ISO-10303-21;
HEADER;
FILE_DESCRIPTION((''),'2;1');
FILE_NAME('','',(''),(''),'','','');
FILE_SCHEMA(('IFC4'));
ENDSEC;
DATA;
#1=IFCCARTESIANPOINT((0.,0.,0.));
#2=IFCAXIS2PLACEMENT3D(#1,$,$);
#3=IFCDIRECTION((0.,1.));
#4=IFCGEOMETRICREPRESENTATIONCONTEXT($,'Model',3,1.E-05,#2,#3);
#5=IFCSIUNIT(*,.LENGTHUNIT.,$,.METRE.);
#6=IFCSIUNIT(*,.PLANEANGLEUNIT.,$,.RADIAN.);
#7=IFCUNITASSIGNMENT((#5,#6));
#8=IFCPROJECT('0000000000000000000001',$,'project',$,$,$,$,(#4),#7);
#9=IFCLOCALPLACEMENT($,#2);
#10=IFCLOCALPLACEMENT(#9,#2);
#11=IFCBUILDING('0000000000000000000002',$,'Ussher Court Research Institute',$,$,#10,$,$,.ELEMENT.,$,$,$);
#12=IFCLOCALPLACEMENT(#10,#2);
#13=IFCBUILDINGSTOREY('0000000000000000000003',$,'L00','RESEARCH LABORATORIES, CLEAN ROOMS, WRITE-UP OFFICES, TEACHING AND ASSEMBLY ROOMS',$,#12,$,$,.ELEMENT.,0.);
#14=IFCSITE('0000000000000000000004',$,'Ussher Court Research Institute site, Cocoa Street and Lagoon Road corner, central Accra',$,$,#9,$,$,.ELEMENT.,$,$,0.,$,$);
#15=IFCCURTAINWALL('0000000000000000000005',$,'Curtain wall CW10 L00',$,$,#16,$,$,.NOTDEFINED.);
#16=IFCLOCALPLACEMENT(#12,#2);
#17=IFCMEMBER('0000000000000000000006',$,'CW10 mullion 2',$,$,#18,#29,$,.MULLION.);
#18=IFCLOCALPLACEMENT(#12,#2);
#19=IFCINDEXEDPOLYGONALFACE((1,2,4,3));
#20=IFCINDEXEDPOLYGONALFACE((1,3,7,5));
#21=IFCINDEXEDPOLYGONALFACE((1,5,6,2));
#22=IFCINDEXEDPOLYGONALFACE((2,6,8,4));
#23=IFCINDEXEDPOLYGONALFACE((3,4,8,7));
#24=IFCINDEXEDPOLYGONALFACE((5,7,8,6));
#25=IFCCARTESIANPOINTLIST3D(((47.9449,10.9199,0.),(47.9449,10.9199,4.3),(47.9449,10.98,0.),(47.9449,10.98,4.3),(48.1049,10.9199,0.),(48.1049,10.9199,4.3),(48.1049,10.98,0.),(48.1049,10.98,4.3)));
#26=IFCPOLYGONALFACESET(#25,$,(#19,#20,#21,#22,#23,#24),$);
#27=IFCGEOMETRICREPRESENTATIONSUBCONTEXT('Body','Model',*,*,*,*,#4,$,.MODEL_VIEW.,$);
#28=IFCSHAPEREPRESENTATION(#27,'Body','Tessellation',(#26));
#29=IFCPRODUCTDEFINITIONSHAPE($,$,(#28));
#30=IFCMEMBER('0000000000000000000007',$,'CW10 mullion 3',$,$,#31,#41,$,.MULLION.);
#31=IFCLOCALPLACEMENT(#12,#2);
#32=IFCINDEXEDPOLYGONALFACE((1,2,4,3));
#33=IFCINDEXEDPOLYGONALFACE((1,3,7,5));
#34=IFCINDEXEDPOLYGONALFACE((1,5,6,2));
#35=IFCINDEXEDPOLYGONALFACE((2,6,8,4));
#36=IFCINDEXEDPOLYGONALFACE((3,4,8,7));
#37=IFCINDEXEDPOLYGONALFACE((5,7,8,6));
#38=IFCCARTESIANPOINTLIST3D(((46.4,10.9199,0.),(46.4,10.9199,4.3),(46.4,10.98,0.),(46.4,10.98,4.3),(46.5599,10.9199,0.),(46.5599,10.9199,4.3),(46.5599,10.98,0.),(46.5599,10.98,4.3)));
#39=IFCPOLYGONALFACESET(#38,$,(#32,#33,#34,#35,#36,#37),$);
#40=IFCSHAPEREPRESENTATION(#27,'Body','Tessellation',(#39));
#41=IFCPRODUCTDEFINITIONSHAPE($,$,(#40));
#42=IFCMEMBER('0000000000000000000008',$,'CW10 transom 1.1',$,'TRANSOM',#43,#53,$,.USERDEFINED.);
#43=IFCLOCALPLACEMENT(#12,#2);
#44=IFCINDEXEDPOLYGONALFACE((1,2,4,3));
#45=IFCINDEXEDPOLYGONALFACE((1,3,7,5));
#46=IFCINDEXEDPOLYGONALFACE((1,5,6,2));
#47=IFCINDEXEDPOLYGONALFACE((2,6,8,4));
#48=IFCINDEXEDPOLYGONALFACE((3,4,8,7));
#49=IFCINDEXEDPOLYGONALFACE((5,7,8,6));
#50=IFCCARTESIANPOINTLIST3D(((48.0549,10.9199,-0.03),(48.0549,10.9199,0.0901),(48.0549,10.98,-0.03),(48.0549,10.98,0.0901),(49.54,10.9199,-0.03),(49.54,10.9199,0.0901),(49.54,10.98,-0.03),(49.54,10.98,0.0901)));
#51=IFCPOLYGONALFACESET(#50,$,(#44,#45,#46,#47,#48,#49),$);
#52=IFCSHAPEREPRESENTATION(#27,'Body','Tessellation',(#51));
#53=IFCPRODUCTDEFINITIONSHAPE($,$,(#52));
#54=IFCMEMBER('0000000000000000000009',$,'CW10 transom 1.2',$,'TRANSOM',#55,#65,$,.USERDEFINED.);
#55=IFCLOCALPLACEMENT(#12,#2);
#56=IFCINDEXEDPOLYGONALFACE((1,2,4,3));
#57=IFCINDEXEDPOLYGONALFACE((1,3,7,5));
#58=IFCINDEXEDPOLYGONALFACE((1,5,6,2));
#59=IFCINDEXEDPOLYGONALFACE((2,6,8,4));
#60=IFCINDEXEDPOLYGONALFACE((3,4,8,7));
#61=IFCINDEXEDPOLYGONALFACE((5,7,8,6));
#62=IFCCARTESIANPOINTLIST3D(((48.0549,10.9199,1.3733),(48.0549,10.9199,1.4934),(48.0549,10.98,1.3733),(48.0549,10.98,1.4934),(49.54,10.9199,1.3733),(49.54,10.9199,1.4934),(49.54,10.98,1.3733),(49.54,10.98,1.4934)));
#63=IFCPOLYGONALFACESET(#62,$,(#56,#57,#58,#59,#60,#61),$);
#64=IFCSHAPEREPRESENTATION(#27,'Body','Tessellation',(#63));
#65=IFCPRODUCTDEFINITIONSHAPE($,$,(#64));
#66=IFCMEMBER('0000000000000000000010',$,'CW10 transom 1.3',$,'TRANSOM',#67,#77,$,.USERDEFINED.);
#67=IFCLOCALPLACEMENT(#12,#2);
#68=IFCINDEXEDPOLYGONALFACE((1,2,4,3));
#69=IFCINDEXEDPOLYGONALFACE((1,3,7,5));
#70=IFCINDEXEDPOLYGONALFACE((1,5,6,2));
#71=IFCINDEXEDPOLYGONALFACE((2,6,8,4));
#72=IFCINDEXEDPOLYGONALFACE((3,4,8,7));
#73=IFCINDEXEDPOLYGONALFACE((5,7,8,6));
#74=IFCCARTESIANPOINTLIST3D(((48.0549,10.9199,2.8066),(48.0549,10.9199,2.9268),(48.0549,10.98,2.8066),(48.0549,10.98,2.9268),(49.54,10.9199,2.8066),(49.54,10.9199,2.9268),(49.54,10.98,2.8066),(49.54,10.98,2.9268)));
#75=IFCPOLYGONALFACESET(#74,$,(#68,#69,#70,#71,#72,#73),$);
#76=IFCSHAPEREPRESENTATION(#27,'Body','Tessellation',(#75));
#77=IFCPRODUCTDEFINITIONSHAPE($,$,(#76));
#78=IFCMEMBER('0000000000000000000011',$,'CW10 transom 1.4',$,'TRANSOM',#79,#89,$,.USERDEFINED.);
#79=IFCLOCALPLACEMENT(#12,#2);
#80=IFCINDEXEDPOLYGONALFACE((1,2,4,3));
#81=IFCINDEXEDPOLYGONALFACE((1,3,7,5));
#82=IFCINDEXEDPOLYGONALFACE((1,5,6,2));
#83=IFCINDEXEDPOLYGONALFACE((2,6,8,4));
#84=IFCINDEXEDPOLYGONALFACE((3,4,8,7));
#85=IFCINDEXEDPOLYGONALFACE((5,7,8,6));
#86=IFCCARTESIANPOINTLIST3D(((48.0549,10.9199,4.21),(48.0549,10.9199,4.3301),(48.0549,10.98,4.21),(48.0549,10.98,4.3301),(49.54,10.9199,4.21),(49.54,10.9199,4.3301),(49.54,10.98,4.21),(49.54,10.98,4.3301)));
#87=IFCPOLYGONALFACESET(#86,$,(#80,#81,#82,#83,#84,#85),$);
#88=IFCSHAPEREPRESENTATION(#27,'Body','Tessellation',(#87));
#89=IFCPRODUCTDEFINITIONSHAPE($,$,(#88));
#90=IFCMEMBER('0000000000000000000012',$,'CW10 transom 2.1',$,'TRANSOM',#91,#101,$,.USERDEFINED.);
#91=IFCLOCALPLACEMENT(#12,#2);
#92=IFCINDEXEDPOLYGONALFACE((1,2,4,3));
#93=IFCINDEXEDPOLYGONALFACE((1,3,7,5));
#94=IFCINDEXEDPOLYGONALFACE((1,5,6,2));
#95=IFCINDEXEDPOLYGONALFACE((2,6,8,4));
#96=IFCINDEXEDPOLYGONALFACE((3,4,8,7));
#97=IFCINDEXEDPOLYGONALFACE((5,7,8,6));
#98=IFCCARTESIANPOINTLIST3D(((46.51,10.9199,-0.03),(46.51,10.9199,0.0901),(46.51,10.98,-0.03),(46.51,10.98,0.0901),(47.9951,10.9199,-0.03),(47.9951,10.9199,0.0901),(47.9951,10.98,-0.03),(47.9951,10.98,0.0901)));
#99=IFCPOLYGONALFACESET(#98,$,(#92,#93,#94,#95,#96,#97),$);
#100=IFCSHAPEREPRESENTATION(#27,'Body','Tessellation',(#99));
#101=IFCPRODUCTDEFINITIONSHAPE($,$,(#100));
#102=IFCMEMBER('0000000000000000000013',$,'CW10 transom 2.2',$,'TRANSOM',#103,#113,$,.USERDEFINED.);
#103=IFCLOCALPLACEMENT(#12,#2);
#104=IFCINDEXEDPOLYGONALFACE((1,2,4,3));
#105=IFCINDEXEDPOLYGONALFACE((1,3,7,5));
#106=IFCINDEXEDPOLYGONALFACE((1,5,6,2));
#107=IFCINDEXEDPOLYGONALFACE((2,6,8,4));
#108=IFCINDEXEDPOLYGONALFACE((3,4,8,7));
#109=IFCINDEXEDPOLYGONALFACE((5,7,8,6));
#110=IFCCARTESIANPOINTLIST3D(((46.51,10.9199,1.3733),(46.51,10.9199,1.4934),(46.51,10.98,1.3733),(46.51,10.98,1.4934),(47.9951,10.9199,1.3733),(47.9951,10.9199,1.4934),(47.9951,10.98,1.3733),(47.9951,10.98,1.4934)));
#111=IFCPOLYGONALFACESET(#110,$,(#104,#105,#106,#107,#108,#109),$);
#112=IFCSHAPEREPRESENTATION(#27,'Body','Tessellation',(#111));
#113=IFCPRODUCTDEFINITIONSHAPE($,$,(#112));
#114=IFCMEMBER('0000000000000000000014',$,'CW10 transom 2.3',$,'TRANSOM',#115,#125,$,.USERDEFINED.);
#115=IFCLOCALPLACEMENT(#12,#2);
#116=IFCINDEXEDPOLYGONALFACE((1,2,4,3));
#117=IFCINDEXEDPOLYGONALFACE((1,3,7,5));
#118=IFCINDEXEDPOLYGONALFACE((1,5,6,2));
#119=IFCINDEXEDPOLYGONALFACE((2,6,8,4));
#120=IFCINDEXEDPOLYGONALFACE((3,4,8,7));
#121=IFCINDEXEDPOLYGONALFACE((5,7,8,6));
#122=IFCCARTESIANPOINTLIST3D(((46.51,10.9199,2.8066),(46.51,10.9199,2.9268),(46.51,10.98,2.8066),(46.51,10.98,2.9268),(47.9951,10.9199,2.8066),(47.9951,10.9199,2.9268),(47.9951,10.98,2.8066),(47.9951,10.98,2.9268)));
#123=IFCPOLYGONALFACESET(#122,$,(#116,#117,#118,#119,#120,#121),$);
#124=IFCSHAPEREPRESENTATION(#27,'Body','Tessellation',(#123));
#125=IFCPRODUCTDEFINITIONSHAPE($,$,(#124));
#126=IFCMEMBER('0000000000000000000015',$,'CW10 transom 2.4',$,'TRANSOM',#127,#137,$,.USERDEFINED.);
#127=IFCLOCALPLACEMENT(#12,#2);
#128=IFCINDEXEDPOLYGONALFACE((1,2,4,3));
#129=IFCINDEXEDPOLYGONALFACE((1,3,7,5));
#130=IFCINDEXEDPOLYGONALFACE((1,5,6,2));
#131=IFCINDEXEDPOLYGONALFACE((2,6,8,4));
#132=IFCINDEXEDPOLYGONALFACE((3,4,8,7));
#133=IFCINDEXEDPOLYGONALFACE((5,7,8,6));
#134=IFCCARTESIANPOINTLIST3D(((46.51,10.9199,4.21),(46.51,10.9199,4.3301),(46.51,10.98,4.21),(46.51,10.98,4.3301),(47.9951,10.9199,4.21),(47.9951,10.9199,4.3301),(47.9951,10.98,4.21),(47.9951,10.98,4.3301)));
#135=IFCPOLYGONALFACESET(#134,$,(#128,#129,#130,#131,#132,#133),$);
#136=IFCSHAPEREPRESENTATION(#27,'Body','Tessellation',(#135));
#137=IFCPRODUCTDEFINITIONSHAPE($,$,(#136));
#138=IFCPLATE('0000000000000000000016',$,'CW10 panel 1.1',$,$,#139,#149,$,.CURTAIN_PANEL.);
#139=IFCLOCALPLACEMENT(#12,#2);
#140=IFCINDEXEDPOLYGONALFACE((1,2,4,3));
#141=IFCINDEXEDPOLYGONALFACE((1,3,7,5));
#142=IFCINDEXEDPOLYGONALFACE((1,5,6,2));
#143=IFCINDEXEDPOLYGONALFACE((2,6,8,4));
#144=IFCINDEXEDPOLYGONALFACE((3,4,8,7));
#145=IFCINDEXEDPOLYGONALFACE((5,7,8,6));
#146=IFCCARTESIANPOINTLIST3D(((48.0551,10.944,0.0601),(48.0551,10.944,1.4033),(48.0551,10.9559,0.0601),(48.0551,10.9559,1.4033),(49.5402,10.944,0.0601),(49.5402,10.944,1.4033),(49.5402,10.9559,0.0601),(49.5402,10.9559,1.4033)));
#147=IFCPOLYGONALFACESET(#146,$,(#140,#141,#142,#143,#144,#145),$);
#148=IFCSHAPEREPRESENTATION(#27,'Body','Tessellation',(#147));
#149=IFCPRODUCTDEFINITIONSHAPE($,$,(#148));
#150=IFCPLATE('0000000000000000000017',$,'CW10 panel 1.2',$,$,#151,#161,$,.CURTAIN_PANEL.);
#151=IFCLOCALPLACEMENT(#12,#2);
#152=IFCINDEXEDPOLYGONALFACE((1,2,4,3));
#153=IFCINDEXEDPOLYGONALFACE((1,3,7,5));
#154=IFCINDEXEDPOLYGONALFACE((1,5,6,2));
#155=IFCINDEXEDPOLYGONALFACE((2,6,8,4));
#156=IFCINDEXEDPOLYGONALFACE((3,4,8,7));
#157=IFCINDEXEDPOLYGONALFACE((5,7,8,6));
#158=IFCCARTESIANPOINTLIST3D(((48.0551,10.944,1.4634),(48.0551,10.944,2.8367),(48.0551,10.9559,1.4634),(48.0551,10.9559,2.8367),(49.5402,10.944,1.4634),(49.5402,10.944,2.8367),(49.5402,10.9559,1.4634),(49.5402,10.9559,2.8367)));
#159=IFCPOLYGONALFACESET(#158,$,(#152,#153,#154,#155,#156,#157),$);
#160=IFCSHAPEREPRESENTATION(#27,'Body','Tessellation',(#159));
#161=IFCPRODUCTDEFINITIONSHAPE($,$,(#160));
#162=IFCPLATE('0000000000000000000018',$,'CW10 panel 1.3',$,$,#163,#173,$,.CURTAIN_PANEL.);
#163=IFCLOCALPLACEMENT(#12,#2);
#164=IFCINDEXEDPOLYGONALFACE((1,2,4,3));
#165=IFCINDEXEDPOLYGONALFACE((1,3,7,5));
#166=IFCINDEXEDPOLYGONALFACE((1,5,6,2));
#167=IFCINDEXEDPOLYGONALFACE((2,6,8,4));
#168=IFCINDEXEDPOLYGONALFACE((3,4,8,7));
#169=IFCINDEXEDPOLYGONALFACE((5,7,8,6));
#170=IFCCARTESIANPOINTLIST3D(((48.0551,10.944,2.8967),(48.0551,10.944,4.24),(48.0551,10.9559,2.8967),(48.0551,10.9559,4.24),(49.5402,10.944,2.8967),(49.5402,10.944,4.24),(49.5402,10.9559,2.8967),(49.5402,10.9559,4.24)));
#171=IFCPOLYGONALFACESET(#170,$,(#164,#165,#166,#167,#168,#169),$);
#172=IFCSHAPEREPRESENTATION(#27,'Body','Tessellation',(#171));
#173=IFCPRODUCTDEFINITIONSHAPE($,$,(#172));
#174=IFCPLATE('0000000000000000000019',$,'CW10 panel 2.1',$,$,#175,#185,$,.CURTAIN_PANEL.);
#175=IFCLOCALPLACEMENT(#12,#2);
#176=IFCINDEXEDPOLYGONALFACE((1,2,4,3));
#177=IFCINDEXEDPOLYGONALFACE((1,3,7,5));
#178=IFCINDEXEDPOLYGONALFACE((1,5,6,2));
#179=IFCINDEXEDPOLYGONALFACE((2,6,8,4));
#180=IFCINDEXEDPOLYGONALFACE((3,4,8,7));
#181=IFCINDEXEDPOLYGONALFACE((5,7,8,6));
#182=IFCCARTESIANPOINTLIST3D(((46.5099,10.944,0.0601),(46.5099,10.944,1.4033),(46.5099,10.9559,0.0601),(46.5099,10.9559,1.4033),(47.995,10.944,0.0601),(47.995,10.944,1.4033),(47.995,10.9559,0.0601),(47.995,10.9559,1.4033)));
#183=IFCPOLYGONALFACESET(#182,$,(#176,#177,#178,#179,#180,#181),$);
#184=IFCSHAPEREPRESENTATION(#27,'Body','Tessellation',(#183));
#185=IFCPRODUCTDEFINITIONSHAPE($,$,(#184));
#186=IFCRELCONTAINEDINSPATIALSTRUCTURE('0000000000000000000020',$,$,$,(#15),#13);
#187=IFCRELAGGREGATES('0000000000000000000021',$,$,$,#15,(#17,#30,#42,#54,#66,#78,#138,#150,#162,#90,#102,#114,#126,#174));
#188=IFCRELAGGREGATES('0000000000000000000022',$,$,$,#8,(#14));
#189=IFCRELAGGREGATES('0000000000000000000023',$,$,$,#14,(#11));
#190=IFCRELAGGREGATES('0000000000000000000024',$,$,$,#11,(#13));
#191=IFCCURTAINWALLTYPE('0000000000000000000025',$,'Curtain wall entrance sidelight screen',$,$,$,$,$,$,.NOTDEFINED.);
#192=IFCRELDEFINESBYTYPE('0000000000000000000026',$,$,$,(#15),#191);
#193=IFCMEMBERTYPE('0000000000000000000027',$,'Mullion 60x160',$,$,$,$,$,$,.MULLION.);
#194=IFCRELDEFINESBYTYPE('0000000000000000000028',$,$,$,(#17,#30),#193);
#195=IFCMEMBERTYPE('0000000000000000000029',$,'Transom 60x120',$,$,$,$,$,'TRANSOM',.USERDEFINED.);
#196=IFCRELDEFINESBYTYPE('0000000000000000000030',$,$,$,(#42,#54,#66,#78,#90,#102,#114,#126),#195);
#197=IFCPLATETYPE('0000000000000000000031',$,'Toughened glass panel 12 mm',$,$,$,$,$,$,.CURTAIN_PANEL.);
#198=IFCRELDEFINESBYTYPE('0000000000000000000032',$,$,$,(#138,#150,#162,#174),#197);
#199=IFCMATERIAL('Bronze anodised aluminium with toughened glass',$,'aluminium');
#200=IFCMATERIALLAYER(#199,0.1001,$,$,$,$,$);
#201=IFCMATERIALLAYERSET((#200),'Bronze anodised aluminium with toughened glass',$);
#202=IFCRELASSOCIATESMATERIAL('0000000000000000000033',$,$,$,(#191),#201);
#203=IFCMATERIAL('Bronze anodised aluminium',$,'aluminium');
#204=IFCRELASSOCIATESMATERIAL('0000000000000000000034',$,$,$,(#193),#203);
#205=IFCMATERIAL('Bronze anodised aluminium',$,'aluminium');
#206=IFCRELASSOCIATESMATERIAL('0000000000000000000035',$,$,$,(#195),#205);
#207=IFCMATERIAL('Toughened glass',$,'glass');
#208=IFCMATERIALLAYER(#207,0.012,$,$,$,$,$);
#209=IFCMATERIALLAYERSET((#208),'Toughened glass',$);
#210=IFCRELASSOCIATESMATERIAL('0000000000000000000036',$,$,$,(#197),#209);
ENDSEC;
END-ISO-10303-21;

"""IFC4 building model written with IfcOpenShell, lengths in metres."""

from ifc_helpers import new_model, si_unit, direction, frame, origin, origin_2d, place, context, subcontext, project, spatial, rectangle, extrude, material, layer, layer_set, material_profile, profile_set, type_object, element, aggregate, save


model = new_model("IFC4")

# Units and contexts
model_context = context("Model", 3, precision=1e-05, world=origin(), true_north=direction((0.0, 1.0)))
body_context = subcontext(model_context, "Body", "Model", "MODEL_VIEW")
ifc_project = project(units=[si_unit("LENGTHUNIT", "METRE"), si_unit("PLANEANGLEUNIT", "RADIAN")], contexts=[model_context])

# Site, building, storey
site_placement = place(None, origin())
site = spatial("IfcSite", under=ifc_project, at=site_placement, Name="Ussher Court Research Institute site, Cocoa Street and Lagoon Road corner, central Accra", CompositionType="ELEMENT", RefElevation=0.0)
building_placement = place(site_placement, origin())
building = spatial("IfcBuilding", under=site, at=building_placement, Name="Ussher Court Research Institute", CompositionType="ELEMENT")
storey_placement = place(building_placement, origin())
storey = spatial("IfcBuildingStorey", under=building, at=storey_placement, Name="L00", Description="RESEARCH LABORATORIES, CLEAN ROOMS, WRITE-UP OFFICES, TEACHING AND ASSEMBLY ROOMS", CompositionType="ELEMENT", Elevation=0.0)

# Curtain wall, members, plates
ifc_material_1 = material(Name="Bronze anodised aluminium with toughened glass", Category="aluminium")
ifc_layer_1 = layer(ifc_material_1, 0.1001)
ifc_layer_set_1 = layer_set([ifc_layer_1], Name="Bronze anodised aluminium with toughened glass")
curtain_wall_type = type_object("IfcCurtainWallType", Name="Curtain wall entrance sidelight screen", PredefinedType="NOTDEFINED", material=ifc_layer_set_1)
curtain_wall_placement = place(storey_placement, origin())
curtain_wall = element("IfcCurtainWall", 1, at=curtain_wall_placement, inside=storey, type_object=curtain_wall_type, Name="Curtain wall CW10 L00", PredefinedType="NOTDEFINED")
ifc_material_2 = material(Name="Bronze anodised aluminium", Category="aluminium")
ifc_material_profile_1 = material_profile(ifc_material_2, rectangle(XDim=0.0601, YDim=0.1599, at=origin_2d()), Name="Mullion 60x160")
ifc_profile_set_1 = profile_set([ifc_material_profile_1], Name="Bronze anodised aluminium")
member_type_1 = type_object("IfcMemberType", Name="Mullion 60x160", PredefinedType="MULLION", material=ifc_profile_set_1)
member_1_placement = place(storey_placement, frame((48.0249, 10.95, 0.0), z_axis=(0.0, 0.0, 1.0), x_axis=(0.0, -1.0, 0.0)))
member_1 = element("IfcMember", 2, at=member_1_placement, type_object=member_type_1, Name="CW10 mullion 2", PredefinedType="MULLION", context=body_context, shape_type="SweptSolid", body=[
    extrude(rectangle(XDim=0.0601, YDim=0.1599, at=origin_2d()), origin(), (0.0, 0.0, 1.0), 4.3),
])
member_2_placement = place(storey_placement, frame((46.48, 10.95, 0.0), z_axis=(0.0, 0.0, 1.0), x_axis=(0.0, -1.0, 0.0)))
member_2 = element("IfcMember", 3, at=member_2_placement, type_object=member_type_1, Name="CW10 mullion 3", PredefinedType="MULLION", context=body_context, shape_type="SweptSolid", body=[
    extrude(rectangle(XDim=0.0601, YDim=0.1599, at=origin_2d()), origin(), (0.0, 0.0, 1.0), 4.3),
])
ifc_material_3 = material(Name="Bronze anodised aluminium", Category="aluminium")
ifc_material_profile_2 = material_profile(ifc_material_3, rectangle(XDim=0.0601, YDim=0.1201, at=origin_2d()), Name="Transom 60x120")
ifc_profile_set_2 = profile_set([ifc_material_profile_2], Name="Bronze anodised aluminium")
member_type_2 = type_object("IfcMemberType", Name="Transom 60x120", ElementType="TRANSOM", PredefinedType="USERDEFINED", material=ifc_profile_set_2)
member_3_placement = place(storey_placement, frame((49.54, 10.95, 0.03), z_axis=(-1.0, 0.0, 0.0), x_axis=(0.0, -1.0, 0.0)))
member_3 = element("IfcMember", 4, at=member_3_placement, type_object=member_type_2, Name="CW10 transom 1.1", ObjectType="TRANSOM", PredefinedType="USERDEFINED", context=body_context, shape_type="SweptSolid", body=[
    extrude(rectangle(XDim=0.0601, YDim=0.1201, at=origin_2d()), origin(), (0.0, 0.0, 1.0), 1.4851),
])
member_4_placement = place(storey_placement, frame((49.54, 10.95, 1.4333), z_axis=(-1.0, 0.0, 0.0), x_axis=(0.0, -1.0, 0.0)))
member_4 = element("IfcMember", 5, at=member_4_placement, type_object=member_type_2, Name="CW10 transom 1.2", ObjectType="TRANSOM", PredefinedType="USERDEFINED", context=body_context, shape_type="SweptSolid", body=[
    extrude(rectangle(XDim=0.0601, YDim=0.1201, at=origin_2d()), origin(), (0.0, 0.0, 1.0), 1.4851),
])
member_5_placement = place(storey_placement, frame((49.54, 10.95, 2.8667), z_axis=(-1.0, 0.0, 0.0), x_axis=(0.0, -1.0, 0.0)))
member_5 = element("IfcMember", 6, at=member_5_placement, type_object=member_type_2, Name="CW10 transom 1.3", ObjectType="TRANSOM", PredefinedType="USERDEFINED", context=body_context, shape_type="SweptSolid", body=[
    extrude(rectangle(XDim=0.0601, YDim=0.1201, at=origin_2d()), origin(), (0.0, 0.0, 1.0), 1.4851),
])
member_6_placement = place(storey_placement, frame((49.54, 10.95, 4.27), z_axis=(-1.0, 0.0, 0.0), x_axis=(0.0, -1.0, 0.0)))
member_6 = element("IfcMember", 7, at=member_6_placement, type_object=member_type_2, Name="CW10 transom 1.4", ObjectType="TRANSOM", PredefinedType="USERDEFINED", context=body_context, shape_type="SweptSolid", body=[
    extrude(rectangle(XDim=0.0601, YDim=0.1201, at=origin_2d()), origin(), (0.0, 0.0, 1.0), 1.4851),
])
member_7_placement = place(storey_placement, frame((47.9951, 10.95, 0.03), z_axis=(-1.0, 0.0, 0.0), x_axis=(0.0, -1.0, 0.0)))
member_7 = element("IfcMember", 8, at=member_7_placement, type_object=member_type_2, Name="CW10 transom 2.1", ObjectType="TRANSOM", PredefinedType="USERDEFINED", context=body_context, shape_type="SweptSolid", body=[
    extrude(rectangle(XDim=0.0601, YDim=0.1201, at=origin_2d()), origin(), (0.0, 0.0, 1.0), 1.4851),
])
member_8_placement = place(storey_placement, frame((47.9951, 10.95, 1.4333), z_axis=(-1.0, 0.0, 0.0), x_axis=(0.0, -1.0, 0.0)))
member_8 = element("IfcMember", 9, at=member_8_placement, type_object=member_type_2, Name="CW10 transom 2.2", ObjectType="TRANSOM", PredefinedType="USERDEFINED", context=body_context, shape_type="SweptSolid", body=[
    extrude(rectangle(XDim=0.0601, YDim=0.1201, at=origin_2d()), origin(), (0.0, 0.0, 1.0), 1.4851),
])
member_9_placement = place(storey_placement, frame((47.9951, 10.95, 2.8667), z_axis=(-1.0, 0.0, 0.0), x_axis=(0.0, -1.0, 0.0)))
member_9 = element("IfcMember", 10, at=member_9_placement, type_object=member_type_2, Name="CW10 transom 2.3", ObjectType="TRANSOM", PredefinedType="USERDEFINED", context=body_context, shape_type="SweptSolid", body=[
    extrude(rectangle(XDim=0.0601, YDim=0.1201, at=origin_2d()), origin(), (0.0, 0.0, 1.0), 1.4851),
])
member_10_placement = place(storey_placement, frame((47.9951, 10.95, 4.27), z_axis=(-1.0, 0.0, 0.0), x_axis=(0.0, -1.0, 0.0)))
member_10 = element("IfcMember", 11, at=member_10_placement, type_object=member_type_2, Name="CW10 transom 2.4", ObjectType="TRANSOM", PredefinedType="USERDEFINED", context=body_context, shape_type="SweptSolid", body=[
    extrude(rectangle(XDim=0.0601, YDim=0.1201, at=origin_2d()), origin(), (0.0, 0.0, 1.0), 1.4851),
])
ifc_material_4 = material(Name="Toughened glass", Category="glass")
ifc_layer_2 = layer(ifc_material_4, 0.012)
ifc_layer_set_2 = layer_set([ifc_layer_2], Name="Toughened glass")
plate_type = type_object("IfcPlateType", Name="Toughened glass panel 12 mm", PredefinedType="CURTAIN_PANEL", material=ifc_layer_set_2)
plate_1_placement = place(storey_placement, frame((48.7976, 10.95, 0.0601), z_axis=(0.0, 0.0, 1.0), x_axis=(-1.0, 0.0, 0.0)))
plate_1 = element("IfcPlate", 12, at=plate_1_placement, type_object=plate_type, Name="CW10 panel 1.1", PredefinedType="CURTAIN_PANEL", context=body_context, shape_type="SweptSolid", body=[
    extrude(rectangle(XDim=1.4851, YDim=0.012, at=origin_2d()), origin(), (0.0, 0.0, 1.0), 1.3433),
])
plate_2_placement = place(storey_placement, frame((48.7976, 10.95, 1.4634), z_axis=(0.0, 0.0, 1.0), x_axis=(-1.0, 0.0, 0.0)))
plate_2 = element("IfcPlate", 13, at=plate_2_placement, type_object=plate_type, Name="CW10 panel 1.2", PredefinedType="CURTAIN_PANEL", context=body_context, shape_type="SweptSolid", body=[
    extrude(rectangle(XDim=1.4851, YDim=0.012, at=origin_2d()), origin(), (0.0, 0.0, 1.0), 1.3733),
])
plate_3_placement = place(storey_placement, frame((48.7976, 10.95, 2.8967), z_axis=(0.0, 0.0, 1.0), x_axis=(-1.0, 0.0, 0.0)))
plate_3 = element("IfcPlate", 14, at=plate_3_placement, type_object=plate_type, Name="CW10 panel 1.3", PredefinedType="CURTAIN_PANEL", context=body_context, shape_type="SweptSolid", body=[
    extrude(rectangle(XDim=1.4851, YDim=0.012, at=origin_2d()), origin(), (0.0, 0.0, 1.0), 1.3433),
])
plate_4_placement = place(storey_placement, frame((47.2524, 10.95, 0.0601), z_axis=(0.0, 0.0, 1.0), x_axis=(-1.0, 0.0, 0.0)))
plate_4 = element("IfcPlate", 15, at=plate_4_placement, type_object=plate_type, Name="CW10 panel 2.1", PredefinedType="CURTAIN_PANEL", context=body_context, shape_type="SweptSolid", body=[
    extrude(rectangle(XDim=1.4851, YDim=0.012, at=origin_2d()), origin(), (0.0, 0.0, 1.0), 1.3433),
])
aggregate(curtain_wall, [member_1, member_2, member_3, member_4, member_5, member_6, plate_1, plate_2, plate_3, member_7, member_8, member_9, member_10, plate_4])

save(model, "model.ifc")
